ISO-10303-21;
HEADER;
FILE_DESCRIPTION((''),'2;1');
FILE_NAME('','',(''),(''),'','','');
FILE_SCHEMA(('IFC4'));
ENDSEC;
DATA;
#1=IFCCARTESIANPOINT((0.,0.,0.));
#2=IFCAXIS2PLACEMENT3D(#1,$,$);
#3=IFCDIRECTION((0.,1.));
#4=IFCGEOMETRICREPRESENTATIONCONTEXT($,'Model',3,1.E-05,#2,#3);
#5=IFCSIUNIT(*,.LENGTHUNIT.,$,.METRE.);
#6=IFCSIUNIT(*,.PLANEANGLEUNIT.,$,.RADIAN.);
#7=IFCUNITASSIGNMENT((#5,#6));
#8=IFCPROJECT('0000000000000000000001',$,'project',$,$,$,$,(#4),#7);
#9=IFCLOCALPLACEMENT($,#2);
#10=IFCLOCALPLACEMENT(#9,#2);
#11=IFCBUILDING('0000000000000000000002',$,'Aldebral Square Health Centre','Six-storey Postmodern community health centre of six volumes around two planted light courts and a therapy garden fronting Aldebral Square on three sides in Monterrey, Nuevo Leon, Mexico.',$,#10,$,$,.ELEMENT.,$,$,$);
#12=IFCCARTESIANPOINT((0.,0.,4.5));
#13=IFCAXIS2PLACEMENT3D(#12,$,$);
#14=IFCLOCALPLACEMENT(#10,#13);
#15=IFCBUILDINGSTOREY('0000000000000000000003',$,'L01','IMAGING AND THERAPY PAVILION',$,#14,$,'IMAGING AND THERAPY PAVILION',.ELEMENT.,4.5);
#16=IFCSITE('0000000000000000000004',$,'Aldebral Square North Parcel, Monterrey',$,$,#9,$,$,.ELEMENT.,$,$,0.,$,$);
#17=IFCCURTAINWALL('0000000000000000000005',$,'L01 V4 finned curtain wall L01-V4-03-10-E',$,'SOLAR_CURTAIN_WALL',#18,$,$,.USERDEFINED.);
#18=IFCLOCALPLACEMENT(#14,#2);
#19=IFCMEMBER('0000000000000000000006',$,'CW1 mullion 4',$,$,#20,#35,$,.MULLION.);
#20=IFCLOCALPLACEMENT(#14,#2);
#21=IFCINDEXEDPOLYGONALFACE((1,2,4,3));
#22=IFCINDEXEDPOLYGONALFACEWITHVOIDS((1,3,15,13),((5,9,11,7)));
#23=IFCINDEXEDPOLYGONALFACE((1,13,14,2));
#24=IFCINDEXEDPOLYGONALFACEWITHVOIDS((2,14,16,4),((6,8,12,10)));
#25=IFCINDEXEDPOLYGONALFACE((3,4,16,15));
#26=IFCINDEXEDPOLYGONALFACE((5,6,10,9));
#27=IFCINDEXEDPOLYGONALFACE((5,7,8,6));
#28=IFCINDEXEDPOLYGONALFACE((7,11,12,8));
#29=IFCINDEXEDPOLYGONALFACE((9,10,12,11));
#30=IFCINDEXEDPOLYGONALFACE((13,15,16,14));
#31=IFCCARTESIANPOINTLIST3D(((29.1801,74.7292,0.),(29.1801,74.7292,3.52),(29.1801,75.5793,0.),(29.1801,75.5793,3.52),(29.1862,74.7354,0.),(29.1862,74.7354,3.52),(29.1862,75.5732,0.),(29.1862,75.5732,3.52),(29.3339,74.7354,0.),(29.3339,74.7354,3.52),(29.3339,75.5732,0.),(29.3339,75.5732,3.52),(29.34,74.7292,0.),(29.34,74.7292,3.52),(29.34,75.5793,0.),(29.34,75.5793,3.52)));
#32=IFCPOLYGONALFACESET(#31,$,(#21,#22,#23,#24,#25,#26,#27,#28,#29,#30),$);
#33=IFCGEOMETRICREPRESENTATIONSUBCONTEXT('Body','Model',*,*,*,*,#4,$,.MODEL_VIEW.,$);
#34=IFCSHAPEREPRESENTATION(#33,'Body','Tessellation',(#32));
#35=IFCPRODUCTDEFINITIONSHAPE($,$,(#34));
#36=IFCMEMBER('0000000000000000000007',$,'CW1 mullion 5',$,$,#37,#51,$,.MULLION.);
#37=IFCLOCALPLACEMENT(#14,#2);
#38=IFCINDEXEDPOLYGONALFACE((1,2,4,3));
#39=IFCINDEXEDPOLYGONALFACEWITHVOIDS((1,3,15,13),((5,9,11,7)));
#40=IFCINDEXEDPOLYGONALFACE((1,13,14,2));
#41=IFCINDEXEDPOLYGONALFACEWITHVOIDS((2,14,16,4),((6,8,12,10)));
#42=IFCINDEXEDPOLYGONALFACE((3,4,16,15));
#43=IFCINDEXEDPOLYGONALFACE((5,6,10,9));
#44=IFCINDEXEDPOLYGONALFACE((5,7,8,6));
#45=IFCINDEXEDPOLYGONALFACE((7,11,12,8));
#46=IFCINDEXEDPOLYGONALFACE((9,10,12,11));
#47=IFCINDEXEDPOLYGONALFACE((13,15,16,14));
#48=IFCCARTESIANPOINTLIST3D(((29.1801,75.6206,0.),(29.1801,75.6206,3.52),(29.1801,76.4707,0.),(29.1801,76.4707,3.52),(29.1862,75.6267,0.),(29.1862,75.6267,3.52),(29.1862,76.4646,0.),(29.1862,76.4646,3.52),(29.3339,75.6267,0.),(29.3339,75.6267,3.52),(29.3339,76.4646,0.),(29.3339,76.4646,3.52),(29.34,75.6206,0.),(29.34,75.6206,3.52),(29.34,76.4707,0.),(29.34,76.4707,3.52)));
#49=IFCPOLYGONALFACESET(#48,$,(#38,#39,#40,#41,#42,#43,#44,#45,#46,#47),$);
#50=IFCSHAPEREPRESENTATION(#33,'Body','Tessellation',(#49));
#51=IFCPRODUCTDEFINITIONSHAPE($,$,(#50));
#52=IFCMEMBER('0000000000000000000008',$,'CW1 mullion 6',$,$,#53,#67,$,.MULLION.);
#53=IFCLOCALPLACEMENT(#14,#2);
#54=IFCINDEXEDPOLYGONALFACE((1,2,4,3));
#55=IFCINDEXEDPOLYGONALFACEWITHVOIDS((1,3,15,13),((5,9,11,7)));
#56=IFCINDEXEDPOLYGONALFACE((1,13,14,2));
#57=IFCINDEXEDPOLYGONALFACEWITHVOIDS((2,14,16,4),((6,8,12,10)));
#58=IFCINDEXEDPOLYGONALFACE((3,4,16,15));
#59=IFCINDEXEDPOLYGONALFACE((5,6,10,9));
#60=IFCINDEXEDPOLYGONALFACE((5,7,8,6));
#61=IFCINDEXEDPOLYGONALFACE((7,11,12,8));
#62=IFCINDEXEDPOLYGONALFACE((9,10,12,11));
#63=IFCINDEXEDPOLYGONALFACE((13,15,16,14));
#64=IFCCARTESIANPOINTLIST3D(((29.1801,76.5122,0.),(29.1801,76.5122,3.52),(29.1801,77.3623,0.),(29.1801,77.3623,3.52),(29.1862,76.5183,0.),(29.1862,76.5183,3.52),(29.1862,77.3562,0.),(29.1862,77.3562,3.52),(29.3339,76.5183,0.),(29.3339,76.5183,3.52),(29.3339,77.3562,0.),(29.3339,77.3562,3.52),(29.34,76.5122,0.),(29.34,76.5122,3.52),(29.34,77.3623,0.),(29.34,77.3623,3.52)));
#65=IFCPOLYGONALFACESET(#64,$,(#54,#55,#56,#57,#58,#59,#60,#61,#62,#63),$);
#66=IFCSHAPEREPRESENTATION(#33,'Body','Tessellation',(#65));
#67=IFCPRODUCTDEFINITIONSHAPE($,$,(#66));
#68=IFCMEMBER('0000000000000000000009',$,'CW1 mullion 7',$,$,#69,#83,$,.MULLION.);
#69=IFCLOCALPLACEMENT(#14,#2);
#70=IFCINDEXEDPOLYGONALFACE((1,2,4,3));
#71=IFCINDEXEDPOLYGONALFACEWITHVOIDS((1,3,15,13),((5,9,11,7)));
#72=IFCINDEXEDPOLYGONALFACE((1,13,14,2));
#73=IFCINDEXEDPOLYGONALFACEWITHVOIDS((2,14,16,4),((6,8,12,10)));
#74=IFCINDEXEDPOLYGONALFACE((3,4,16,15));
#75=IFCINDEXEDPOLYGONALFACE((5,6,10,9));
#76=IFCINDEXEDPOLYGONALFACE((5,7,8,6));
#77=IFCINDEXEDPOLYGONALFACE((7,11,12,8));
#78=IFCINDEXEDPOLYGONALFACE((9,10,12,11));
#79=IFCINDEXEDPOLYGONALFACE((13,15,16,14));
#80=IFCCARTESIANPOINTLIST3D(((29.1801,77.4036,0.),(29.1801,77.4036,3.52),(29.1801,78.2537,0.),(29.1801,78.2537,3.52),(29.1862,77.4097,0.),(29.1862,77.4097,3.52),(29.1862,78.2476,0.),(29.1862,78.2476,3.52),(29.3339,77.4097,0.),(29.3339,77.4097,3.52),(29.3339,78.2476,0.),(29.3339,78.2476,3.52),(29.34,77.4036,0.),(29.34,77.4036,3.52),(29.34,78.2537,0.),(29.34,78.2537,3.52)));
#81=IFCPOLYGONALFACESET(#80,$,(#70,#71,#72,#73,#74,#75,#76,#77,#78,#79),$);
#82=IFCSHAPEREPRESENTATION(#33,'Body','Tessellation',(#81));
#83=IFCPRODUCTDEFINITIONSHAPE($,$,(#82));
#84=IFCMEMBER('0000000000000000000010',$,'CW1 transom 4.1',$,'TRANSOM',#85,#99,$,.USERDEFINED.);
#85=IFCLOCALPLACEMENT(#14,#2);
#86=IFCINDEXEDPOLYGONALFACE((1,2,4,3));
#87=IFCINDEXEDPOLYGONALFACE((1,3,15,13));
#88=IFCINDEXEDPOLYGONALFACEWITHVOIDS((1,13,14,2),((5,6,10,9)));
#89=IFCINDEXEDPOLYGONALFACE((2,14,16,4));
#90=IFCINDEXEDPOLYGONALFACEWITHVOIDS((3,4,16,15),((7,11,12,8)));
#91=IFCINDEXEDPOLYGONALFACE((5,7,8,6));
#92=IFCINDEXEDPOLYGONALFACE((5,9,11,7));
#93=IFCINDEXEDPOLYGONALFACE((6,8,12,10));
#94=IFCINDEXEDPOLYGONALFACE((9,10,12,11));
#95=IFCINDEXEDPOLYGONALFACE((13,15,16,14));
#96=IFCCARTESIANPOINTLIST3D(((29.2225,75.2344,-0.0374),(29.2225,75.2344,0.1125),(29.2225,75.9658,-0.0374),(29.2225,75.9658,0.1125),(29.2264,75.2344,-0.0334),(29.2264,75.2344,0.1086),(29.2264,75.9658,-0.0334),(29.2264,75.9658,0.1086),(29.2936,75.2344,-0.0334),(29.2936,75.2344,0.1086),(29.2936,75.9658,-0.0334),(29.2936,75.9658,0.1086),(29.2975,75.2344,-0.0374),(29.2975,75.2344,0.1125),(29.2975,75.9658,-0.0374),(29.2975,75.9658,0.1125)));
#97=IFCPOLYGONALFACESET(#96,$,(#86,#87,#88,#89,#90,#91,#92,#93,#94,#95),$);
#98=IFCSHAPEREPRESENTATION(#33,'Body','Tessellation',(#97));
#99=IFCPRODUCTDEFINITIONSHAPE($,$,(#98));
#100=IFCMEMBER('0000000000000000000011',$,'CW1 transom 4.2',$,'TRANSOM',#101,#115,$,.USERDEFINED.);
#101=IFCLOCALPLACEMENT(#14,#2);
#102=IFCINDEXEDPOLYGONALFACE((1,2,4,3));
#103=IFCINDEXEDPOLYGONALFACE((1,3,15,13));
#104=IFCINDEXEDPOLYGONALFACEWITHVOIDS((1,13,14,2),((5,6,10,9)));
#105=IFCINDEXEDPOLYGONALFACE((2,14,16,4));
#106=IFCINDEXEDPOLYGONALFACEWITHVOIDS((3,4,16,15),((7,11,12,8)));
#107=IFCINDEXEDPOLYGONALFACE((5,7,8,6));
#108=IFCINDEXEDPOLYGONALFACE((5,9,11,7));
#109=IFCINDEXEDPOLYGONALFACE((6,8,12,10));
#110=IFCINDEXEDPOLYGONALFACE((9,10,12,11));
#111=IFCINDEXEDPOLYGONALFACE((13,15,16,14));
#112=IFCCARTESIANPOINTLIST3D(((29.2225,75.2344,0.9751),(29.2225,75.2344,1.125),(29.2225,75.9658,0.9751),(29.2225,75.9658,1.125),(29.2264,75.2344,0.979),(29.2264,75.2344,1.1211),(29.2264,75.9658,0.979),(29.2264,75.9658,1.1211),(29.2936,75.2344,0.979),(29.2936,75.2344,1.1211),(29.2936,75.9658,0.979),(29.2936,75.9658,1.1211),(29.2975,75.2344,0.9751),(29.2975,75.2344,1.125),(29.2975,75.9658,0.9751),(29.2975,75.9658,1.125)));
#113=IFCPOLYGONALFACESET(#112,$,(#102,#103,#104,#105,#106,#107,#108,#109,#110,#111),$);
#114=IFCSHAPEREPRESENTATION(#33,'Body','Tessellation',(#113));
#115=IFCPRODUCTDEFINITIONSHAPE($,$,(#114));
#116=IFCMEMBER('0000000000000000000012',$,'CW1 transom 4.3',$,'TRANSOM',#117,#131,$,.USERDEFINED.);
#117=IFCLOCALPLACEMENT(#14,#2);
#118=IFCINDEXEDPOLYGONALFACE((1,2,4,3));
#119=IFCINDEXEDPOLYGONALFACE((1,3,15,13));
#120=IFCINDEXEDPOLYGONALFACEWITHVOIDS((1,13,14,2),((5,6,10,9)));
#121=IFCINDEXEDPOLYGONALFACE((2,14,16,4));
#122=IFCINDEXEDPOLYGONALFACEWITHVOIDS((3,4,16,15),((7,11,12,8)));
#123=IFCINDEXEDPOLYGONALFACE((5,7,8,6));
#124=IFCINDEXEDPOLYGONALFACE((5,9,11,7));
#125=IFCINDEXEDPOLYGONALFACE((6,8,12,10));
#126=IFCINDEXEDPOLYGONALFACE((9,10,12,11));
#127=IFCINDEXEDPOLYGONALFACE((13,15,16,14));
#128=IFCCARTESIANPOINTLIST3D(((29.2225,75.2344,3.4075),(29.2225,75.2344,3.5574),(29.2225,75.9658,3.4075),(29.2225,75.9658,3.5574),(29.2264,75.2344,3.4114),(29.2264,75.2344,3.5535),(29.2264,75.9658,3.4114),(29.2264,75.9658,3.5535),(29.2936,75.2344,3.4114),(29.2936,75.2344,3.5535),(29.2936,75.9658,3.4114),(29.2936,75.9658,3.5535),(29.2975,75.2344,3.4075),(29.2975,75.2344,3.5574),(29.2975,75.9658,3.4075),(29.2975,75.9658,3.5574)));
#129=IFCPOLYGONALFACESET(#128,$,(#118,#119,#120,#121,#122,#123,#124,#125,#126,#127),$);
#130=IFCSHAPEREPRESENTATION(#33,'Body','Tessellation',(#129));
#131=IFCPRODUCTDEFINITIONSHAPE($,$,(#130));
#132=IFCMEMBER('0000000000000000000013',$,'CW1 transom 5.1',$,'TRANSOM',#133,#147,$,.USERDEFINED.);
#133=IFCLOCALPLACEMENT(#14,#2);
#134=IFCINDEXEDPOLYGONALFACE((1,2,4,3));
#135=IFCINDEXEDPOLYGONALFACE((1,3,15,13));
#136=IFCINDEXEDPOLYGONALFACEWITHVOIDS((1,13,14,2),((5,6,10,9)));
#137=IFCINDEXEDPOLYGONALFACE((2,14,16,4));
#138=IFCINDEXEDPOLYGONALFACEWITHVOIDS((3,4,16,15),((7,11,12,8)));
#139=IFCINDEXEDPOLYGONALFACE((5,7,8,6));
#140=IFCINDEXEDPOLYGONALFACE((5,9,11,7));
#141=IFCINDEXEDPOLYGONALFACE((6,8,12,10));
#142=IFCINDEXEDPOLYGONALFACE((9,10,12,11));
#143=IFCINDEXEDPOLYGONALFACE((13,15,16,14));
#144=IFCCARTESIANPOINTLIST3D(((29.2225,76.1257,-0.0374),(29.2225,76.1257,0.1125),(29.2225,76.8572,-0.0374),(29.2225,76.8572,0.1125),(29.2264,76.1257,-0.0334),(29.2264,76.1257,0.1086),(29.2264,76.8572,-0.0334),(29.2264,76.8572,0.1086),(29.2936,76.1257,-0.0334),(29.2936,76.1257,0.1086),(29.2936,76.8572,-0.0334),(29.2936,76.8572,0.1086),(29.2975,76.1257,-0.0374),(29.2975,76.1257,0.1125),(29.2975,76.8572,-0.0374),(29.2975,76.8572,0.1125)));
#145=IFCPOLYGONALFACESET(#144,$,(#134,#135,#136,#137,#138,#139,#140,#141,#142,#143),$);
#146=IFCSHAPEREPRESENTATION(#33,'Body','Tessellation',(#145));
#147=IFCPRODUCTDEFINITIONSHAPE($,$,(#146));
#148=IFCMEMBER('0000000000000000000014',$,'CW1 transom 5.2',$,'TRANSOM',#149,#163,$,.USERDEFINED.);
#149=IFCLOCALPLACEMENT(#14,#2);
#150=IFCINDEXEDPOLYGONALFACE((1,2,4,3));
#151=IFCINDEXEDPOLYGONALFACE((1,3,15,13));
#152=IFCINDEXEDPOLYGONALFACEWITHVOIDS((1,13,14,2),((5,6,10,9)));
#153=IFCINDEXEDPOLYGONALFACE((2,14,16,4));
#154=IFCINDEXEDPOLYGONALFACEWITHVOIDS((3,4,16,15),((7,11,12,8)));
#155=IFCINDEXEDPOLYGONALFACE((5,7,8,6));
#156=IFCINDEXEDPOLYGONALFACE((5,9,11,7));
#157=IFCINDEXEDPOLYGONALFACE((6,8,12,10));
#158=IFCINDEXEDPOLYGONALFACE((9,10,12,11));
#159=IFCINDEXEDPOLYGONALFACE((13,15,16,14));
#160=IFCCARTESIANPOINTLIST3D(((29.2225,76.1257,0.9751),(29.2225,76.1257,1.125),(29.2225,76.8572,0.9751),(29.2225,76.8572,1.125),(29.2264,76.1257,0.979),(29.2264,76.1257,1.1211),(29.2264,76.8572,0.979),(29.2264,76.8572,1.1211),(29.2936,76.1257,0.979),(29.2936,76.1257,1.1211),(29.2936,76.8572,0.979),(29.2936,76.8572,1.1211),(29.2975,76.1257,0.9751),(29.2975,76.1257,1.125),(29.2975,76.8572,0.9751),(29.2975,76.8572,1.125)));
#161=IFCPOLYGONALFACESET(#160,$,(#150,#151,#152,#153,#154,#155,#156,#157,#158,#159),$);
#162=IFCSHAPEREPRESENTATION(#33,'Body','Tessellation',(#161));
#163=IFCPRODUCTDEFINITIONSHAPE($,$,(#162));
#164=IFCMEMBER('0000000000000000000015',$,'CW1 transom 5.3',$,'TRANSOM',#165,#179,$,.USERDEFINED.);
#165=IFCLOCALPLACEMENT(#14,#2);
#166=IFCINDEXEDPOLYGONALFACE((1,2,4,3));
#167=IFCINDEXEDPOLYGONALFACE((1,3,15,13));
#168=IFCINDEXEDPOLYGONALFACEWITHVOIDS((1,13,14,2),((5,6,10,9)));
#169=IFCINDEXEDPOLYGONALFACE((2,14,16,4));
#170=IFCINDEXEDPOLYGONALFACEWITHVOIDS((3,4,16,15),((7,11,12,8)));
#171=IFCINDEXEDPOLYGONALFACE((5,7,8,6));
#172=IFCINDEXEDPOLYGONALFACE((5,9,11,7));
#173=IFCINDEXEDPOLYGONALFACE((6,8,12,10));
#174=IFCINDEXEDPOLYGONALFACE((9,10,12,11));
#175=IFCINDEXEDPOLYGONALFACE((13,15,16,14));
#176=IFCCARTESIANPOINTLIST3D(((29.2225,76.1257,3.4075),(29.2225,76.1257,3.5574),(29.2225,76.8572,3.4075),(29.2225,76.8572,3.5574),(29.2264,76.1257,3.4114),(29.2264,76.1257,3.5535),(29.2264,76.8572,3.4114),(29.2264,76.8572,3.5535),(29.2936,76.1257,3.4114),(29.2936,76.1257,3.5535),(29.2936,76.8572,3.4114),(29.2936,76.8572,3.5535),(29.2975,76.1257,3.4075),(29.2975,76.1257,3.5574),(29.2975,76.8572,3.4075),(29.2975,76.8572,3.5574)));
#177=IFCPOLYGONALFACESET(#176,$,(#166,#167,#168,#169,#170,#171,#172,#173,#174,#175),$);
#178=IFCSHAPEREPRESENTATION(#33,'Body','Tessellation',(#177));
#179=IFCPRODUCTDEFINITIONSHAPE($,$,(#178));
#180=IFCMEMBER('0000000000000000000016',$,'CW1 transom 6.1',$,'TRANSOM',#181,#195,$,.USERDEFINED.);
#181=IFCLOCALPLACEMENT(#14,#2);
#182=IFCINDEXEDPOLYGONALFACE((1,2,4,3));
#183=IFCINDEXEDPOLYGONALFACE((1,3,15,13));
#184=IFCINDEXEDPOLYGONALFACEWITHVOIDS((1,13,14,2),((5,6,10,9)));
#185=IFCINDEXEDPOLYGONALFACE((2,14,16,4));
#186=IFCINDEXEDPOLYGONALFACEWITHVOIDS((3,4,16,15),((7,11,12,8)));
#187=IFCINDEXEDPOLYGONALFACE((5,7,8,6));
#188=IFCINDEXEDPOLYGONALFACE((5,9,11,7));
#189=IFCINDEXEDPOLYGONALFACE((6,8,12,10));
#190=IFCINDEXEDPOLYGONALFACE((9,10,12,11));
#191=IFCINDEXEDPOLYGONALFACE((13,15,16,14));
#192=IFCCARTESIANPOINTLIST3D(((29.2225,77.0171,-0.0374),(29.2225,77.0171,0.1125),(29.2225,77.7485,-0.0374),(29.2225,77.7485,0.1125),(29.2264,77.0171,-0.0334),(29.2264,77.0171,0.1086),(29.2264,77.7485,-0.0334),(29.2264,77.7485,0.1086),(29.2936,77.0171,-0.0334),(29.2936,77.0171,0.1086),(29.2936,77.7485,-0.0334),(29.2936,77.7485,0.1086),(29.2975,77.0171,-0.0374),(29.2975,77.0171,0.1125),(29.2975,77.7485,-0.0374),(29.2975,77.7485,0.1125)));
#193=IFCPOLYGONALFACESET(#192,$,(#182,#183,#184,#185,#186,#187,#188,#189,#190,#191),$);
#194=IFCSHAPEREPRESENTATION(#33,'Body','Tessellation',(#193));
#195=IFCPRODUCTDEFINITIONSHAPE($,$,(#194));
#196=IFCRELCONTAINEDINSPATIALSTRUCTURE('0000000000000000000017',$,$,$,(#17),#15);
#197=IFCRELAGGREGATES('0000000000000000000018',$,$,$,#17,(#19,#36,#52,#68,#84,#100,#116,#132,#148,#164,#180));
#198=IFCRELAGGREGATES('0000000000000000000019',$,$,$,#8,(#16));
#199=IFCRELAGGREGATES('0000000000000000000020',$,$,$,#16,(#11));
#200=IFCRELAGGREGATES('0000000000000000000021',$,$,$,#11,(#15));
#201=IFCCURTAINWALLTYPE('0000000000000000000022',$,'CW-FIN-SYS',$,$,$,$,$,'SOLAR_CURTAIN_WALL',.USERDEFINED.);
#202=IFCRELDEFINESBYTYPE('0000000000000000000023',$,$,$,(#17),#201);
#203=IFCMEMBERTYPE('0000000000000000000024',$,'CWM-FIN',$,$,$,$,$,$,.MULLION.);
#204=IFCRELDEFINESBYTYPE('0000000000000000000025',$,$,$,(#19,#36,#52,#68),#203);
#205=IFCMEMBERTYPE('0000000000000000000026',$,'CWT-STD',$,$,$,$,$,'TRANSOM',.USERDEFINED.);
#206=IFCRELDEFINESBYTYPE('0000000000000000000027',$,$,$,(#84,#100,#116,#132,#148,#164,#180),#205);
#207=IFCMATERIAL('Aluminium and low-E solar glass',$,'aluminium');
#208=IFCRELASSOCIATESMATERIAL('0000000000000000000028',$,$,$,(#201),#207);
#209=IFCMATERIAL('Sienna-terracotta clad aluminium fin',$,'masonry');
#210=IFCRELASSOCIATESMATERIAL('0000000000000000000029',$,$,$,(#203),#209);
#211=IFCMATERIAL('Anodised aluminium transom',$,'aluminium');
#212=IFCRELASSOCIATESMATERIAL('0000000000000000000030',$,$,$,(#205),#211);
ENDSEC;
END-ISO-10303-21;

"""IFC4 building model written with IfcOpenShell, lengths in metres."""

from ifc_helpers import new_model, si_unit, direction, frame, origin, origin_2d, place, context, subcontext, project, spatial, hollow_rectangle, extrude, material, material_profile, profile_set, type_object, element, aggregate, save


model = new_model("IFC4")

# Units and contexts
model_context = context("Model", 3, precision=1e-05, world=origin(), true_north=direction((0.0, 1.0)))
body_context = subcontext(model_context, "Body", "Model", "MODEL_VIEW")
ifc_project = project(units=[si_unit("LENGTHUNIT", "METRE"), si_unit("PLANEANGLEUNIT", "RADIAN")], contexts=[model_context])

# Site, building, storey
site_placement = place(None, origin())
site = spatial("IfcSite", under=ifc_project, at=site_placement, Name="Aldebral Square North Parcel, Monterrey", CompositionType="ELEMENT", RefElevation=0.0)
building_placement = place(site_placement, origin())
building = spatial("IfcBuilding", under=site, at=building_placement, Name="Aldebral Square Health Centre", Description="Six-storey Postmodern community health centre of six volumes around two planted light courts and a therapy garden fronting Aldebral Square on three sides in Monterrey, Nuevo Leon, Mexico.", CompositionType="ELEMENT")
storey_placement = place(building_placement, frame((0.0, 0.0, 4.5)))
storey = spatial("IfcBuildingStorey", under=building, at=storey_placement, Name="L01", Description="IMAGING AND THERAPY PAVILION", LongName="IMAGING AND THERAPY PAVILION", CompositionType="ELEMENT", Elevation=4.5)

# Curtain wall, members
ifc_material_1 = material(Name="Aluminium and low-E solar glass", Category="aluminium")
curtain_wall_type = type_object("IfcCurtainWallType", Name="CW-FIN-SYS", ElementType="SOLAR_CURTAIN_WALL", PredefinedType="USERDEFINED", material=ifc_material_1)
curtain_wall_placement = place(storey_placement, origin())
curtain_wall = element("IfcCurtainWall", 1, at=curtain_wall_placement, inside=storey, type_object=curtain_wall_type, Name="L01 V4 finned curtain wall L01-V4-03-10-E", ObjectType="SOLAR_CURTAIN_WALL", PredefinedType="USERDEFINED")
ifc_material_2 = material(Name="Sienna-terracotta clad aluminium fin", Category="masonry")
ifc_material_profile_1 = material_profile(ifc_material_2, hollow_rectangle(XDim=0.1599, YDim=0.8501, WallThickness=0.0061, at=origin_2d()), Name="FIN 160x850x6")
ifc_profile_set_1 = profile_set([ifc_material_profile_1], Name="Sienna-terracotta clad aluminium fin")
member_type_1 = type_object("IfcMemberType", Name="CWM-FIN", PredefinedType="MULLION", material=ifc_profile_set_1)
member_1_placement = place(storey_placement, frame((29.26, 75.1543, 0.0), z_axis=(0.0, 0.0, 1.0), x_axis=(-1.0, 0.0, 0.0)))
member_1 = element("IfcMember", 2, at=member_1_placement, type_object=member_type_1, Name="CW1 mullion 4", PredefinedType="MULLION", context=body_context, shape_type="SweptSolid", body=[
    extrude(hollow_rectangle(XDim=0.1599, YDim=0.8501, WallThickness=0.0061, at=origin_2d()), origin(), (0.0, 0.0, 1.0), 3.52),
])
member_2_placement = place(storey_placement, frame((29.26, 76.0457, 0.0), z_axis=(0.0, 0.0, 1.0), x_axis=(-1.0, 0.0, 0.0)))
member_2 = element("IfcMember", 3, at=member_2_placement, type_object=member_type_1, Name="CW1 mullion 5", PredefinedType="MULLION", context=body_context, shape_type="SweptSolid", body=[
    extrude(hollow_rectangle(XDim=0.1599, YDim=0.8501, WallThickness=0.0061, at=origin_2d()), origin(), (0.0, 0.0, 1.0), 3.52),
])
member_3_placement = place(storey_placement, frame((29.26, 76.9373, 0.0), z_axis=(0.0, 0.0, 1.0), x_axis=(-1.0, 0.0, 0.0)))
member_3 = element("IfcMember", 4, at=member_3_placement, type_object=member_type_1, Name="CW1 mullion 6", PredefinedType="MULLION", context=body_context, shape_type="SweptSolid", body=[
    extrude(hollow_rectangle(XDim=0.1599, YDim=0.8501, WallThickness=0.0061, at=origin_2d()), origin(), (0.0, 0.0, 1.0), 3.52),
])
member_4_placement = place(storey_placement, frame((29.26, 77.8286, 0.0), z_axis=(0.0, 0.0, 1.0), x_axis=(-1.0, 0.0, 0.0)))
member_4 = element("IfcMember", 5, at=member_4_placement, type_object=member_type_1, Name="CW1 mullion 7", PredefinedType="MULLION", context=body_context, shape_type="SweptSolid", body=[
    extrude(hollow_rectangle(XDim=0.1599, YDim=0.8501, WallThickness=0.0061, at=origin_2d()), origin(), (0.0, 0.0, 1.0), 3.52),
])
ifc_material_3 = material(Name="Anodised aluminium transom", Category="aluminium")
ifc_material_profile_2 = material_profile(ifc_material_3, hollow_rectangle(XDim=0.075, YDim=0.1499, WallThickness=0.0039, at=origin_2d()), Name="CWT 75x150x4")
ifc_profile_set_2 = profile_set([ifc_material_profile_2], Name="Anodised aluminium transom")
member_type_2 = type_object("IfcMemberType", Name="CWT-STD", ElementType="TRANSOM", PredefinedType="USERDEFINED", material=ifc_profile_set_2)
member_5_placement = place(storey_placement, frame((29.26, 75.2344, 0.0376), z_axis=(0.0, 1.0, 0.0), x_axis=(-1.0, 0.0, 0.0)))
member_5 = element("IfcMember", 6, at=member_5_placement, type_object=member_type_2, Name="CW1 transom 4.1", ObjectType="TRANSOM", PredefinedType="USERDEFINED", context=body_context, shape_type="SweptSolid", body=[
    extrude(hollow_rectangle(XDim=0.075, YDim=0.1499, WallThickness=0.0039, at=origin_2d()), origin(), (0.0, 0.0, 1.0), 0.7314),
])
member_6_placement = place(storey_placement, frame((29.26, 75.2344, 1.05), z_axis=(0.0, 1.0, 0.0), x_axis=(-1.0, 0.0, 0.0)))
member_6 = element("IfcMember", 7, at=member_6_placement, type_object=member_type_2, Name="CW1 transom 4.2", ObjectType="TRANSOM", PredefinedType="USERDEFINED", context=body_context, shape_type="SweptSolid", body=[
    extrude(hollow_rectangle(XDim=0.075, YDim=0.1499, WallThickness=0.0039, at=origin_2d()), origin(), (0.0, 0.0, 1.0), 0.7314),
])
member_7_placement = place(storey_placement, frame((29.26, 75.2344, 3.4824), z_axis=(0.0, 1.0, 0.0), x_axis=(-1.0, 0.0, 0.0)))
member_7 = element("IfcMember", 8, at=member_7_placement, type_object=member_type_2, Name="CW1 transom 4.3", ObjectType="TRANSOM", PredefinedType="USERDEFINED", context=body_context, shape_type="SweptSolid", body=[
    extrude(hollow_rectangle(XDim=0.075, YDim=0.1499, WallThickness=0.0039, at=origin_2d()), origin(), (0.0, 0.0, 1.0), 0.7314),
])
member_8_placement = place(storey_placement, frame((29.26, 76.1257, 0.0376), z_axis=(0.0, 1.0, 0.0), x_axis=(-1.0, 0.0, 0.0)))
member_8 = element("IfcMember", 9, at=member_8_placement, type_object=member_type_2, Name="CW1 transom 5.1", ObjectType="TRANSOM", PredefinedType="USERDEFINED", context=body_context, shape_type="SweptSolid", body=[
    extrude(hollow_rectangle(XDim=0.075, YDim=0.1499, WallThickness=0.0039, at=origin_2d()), origin(), (0.0, 0.0, 1.0), 0.7314),
])
member_9_placement = place(storey_placement, frame((29.26, 76.1257, 1.05), z_axis=(0.0, 1.0, 0.0), x_axis=(-1.0, 0.0, 0.0)))
member_9 = element("IfcMember", 10, at=member_9_placement, type_object=member_type_2, Name="CW1 transom 5.2", ObjectType="TRANSOM", PredefinedType="USERDEFINED", context=body_context, shape_type="SweptSolid", body=[
    extrude(hollow_rectangle(XDim=0.075, YDim=0.1499, WallThickness=0.0039, at=origin_2d()), origin(), (0.0, 0.0, 1.0), 0.7314),
])
member_10_placement = place(storey_placement, frame((29.26, 76.1257, 3.4824), z_axis=(0.0, 1.0, 0.0), x_axis=(-1.0, 0.0, 0.0)))
member_10 = element("IfcMember", 11, at=member_10_placement, type_object=member_type_2, Name="CW1 transom 5.3", ObjectType="TRANSOM", PredefinedType="USERDEFINED", context=body_context, shape_type="SweptSolid", body=[
    extrude(hollow_rectangle(XDim=0.075, YDim=0.1499, WallThickness=0.0039, at=origin_2d()), origin(), (0.0, 0.0, 1.0), 0.7314),
])
member_11_placement = place(storey_placement, frame((29.26, 77.0171, 0.0376), z_axis=(0.0, 1.0, 0.0), x_axis=(-1.0, 0.0, 0.0)))
member_11 = element("IfcMember", 12, at=member_11_placement, type_object=member_type_2, Name="CW1 transom 6.1", ObjectType="TRANSOM", PredefinedType="USERDEFINED", context=body_context, shape_type="SweptSolid", body=[
    extrude(hollow_rectangle(XDim=0.075, YDim=0.1499, WallThickness=0.0039, at=origin_2d()), origin(), (0.0, 0.0, 1.0), 0.7314),
])
aggregate(curtain_wall, [member_1, member_2, member_3, member_4, member_5, member_6, member_7, member_8, member_9, member_10, member_11])

save(model, "model.ifc")
